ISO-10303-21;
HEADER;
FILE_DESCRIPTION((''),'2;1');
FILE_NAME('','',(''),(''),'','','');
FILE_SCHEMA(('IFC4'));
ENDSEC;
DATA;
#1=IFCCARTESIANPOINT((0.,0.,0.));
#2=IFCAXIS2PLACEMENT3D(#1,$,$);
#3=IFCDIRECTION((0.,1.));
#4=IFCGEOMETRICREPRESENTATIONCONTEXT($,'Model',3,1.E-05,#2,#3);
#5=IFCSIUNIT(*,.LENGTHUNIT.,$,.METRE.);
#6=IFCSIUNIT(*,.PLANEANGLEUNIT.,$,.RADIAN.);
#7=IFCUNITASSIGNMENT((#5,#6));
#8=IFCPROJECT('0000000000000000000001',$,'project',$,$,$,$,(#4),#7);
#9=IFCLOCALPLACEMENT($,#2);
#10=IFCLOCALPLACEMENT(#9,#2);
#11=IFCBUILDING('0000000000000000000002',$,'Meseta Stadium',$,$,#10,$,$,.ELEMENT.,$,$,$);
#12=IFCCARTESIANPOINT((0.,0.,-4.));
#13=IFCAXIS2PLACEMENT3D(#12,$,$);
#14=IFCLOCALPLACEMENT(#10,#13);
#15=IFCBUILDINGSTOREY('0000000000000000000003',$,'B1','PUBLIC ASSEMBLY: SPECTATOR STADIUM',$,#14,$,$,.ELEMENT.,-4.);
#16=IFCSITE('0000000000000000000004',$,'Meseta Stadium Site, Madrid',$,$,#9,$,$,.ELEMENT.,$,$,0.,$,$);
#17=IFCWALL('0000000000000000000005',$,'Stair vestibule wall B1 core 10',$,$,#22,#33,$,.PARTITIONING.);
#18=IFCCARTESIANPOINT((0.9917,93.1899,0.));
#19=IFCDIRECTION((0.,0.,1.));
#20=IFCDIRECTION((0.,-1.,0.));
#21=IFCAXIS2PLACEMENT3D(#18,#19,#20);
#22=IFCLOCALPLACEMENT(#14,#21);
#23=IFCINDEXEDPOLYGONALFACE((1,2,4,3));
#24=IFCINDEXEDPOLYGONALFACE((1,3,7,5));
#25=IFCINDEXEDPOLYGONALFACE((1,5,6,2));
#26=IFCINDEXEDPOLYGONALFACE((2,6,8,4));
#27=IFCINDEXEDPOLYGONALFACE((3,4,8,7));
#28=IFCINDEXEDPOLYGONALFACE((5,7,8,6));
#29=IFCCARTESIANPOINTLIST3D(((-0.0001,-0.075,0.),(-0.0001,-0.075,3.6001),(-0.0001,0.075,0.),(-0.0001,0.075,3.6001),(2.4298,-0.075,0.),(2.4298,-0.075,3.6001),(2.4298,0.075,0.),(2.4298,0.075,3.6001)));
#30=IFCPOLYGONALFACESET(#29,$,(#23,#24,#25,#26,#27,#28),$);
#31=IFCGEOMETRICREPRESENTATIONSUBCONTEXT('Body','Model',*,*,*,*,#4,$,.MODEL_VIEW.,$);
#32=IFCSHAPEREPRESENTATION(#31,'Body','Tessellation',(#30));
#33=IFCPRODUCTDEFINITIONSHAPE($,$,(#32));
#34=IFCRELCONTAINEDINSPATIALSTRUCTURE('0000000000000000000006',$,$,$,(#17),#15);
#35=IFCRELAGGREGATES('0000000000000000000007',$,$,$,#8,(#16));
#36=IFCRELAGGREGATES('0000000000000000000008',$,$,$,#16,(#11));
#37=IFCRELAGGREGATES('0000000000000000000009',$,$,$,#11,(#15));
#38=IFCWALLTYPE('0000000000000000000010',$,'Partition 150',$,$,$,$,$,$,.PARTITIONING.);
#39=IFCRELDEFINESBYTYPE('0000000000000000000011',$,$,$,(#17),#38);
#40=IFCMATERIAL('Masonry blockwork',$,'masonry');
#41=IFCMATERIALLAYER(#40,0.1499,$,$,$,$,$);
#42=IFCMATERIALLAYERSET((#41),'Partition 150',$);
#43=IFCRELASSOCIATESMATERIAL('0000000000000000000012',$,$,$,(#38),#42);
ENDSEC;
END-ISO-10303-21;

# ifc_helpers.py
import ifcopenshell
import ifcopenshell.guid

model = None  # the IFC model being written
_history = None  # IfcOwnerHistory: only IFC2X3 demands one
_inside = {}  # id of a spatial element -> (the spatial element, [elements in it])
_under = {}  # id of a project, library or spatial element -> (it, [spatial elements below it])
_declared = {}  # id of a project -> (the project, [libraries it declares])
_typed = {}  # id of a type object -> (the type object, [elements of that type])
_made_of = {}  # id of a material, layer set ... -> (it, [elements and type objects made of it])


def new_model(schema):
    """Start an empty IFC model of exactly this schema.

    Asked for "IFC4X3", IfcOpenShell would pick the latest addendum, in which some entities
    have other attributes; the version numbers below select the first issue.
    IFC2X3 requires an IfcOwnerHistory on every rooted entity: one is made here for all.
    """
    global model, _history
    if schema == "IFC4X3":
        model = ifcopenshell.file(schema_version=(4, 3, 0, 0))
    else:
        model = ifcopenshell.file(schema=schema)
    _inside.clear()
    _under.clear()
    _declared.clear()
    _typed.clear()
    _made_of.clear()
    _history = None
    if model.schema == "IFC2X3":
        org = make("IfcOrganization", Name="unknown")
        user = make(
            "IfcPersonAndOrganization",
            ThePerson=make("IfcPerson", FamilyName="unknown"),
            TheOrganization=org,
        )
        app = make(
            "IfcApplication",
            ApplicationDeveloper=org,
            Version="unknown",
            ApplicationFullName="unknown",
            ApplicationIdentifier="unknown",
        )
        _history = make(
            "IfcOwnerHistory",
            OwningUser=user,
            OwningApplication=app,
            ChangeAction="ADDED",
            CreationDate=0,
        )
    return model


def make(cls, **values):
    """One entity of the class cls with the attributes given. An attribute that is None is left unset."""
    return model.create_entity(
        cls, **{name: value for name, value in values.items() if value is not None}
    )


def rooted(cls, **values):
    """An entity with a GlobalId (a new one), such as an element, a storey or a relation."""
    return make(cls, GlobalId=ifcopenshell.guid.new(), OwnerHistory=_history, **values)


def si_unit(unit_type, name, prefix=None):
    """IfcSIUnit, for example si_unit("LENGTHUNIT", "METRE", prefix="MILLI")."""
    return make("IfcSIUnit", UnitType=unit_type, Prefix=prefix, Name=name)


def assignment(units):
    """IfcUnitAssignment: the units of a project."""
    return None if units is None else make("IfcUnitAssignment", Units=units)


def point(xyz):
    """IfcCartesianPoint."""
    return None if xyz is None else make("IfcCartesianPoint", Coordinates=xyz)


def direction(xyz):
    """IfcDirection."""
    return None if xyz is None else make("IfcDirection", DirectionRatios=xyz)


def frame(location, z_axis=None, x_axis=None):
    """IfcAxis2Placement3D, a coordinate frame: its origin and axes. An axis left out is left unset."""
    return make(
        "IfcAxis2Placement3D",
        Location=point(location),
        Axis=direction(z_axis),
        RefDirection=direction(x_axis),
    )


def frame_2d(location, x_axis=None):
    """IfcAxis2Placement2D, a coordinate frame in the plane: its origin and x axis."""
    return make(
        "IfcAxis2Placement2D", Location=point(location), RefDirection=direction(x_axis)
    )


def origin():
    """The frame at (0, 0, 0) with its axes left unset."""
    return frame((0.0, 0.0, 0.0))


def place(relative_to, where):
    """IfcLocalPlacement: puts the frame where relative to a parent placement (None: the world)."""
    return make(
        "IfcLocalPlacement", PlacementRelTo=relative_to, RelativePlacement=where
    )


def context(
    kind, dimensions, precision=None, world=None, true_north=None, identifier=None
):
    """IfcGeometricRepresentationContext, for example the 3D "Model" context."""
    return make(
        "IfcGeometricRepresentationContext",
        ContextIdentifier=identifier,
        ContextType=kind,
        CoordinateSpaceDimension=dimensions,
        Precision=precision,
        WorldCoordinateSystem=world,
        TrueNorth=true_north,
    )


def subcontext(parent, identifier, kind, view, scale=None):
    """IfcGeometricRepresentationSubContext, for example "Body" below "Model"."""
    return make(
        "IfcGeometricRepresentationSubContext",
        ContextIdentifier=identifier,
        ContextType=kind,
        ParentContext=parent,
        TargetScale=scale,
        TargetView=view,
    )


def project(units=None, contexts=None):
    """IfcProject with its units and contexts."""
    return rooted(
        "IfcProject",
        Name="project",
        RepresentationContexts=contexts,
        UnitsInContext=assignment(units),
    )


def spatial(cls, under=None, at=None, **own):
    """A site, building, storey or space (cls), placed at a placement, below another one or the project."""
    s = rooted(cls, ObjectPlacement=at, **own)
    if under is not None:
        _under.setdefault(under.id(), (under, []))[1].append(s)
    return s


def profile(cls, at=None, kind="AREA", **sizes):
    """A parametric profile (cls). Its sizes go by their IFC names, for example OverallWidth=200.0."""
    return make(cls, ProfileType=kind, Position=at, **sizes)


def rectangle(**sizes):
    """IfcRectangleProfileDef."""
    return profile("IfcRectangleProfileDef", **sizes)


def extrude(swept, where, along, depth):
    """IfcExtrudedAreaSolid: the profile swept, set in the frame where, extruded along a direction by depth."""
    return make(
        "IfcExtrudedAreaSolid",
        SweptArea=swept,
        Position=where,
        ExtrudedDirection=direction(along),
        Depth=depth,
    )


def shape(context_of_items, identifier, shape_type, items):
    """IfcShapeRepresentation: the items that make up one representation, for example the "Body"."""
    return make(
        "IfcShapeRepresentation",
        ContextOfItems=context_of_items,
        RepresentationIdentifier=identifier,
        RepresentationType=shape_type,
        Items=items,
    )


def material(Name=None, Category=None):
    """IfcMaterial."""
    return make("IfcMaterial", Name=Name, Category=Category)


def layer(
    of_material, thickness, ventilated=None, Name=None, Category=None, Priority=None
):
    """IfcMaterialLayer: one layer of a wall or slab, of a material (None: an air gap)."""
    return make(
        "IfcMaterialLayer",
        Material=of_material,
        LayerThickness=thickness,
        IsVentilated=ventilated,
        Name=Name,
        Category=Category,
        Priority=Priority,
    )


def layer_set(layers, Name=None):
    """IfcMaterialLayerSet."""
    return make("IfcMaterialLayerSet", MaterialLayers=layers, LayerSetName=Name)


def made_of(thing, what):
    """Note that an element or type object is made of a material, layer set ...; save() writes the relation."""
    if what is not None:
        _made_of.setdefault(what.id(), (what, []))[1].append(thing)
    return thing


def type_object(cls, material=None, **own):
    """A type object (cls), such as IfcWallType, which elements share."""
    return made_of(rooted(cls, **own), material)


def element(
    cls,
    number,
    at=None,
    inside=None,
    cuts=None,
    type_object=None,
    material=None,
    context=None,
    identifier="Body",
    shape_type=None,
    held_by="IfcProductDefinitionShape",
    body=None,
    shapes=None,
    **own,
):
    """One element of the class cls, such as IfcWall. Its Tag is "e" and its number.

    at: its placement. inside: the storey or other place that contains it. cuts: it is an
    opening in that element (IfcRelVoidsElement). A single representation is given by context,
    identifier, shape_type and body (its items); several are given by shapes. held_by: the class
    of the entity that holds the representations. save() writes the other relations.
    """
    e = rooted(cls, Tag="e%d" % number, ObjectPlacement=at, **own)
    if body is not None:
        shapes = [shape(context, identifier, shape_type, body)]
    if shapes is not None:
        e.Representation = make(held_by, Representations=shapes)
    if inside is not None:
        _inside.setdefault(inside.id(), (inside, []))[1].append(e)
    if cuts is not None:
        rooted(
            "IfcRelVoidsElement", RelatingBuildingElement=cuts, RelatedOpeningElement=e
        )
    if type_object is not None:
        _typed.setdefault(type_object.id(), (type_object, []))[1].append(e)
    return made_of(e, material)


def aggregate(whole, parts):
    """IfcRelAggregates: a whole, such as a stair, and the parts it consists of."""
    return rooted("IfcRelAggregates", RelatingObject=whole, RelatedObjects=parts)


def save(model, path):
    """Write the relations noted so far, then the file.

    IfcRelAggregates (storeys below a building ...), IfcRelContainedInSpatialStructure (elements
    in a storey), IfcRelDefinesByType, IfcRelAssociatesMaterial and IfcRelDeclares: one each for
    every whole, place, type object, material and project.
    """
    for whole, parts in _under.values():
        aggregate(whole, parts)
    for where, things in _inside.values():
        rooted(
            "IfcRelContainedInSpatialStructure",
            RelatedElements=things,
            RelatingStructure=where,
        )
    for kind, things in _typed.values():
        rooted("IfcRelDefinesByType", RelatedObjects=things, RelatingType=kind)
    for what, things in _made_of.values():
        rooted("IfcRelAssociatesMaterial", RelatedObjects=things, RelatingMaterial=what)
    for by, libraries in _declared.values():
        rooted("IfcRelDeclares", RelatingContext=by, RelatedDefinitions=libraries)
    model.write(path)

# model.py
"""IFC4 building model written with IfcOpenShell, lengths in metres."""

from ifc_helpers import new_model, si_unit, direction, frame, frame_2d, origin, place, context, subcontext, project, spatial, rectangle, extrude, material, layer, layer_set, type_object, element, save


model = new_model("IFC4")

# Units and contexts
model_context = context("Model", 3, precision=1e-05, world=origin(), true_north=direction((0.0, 1.0)))
body_context = subcontext(model_context, "Body", "Model", "MODEL_VIEW")
ifc_project = project(units=[si_unit("LENGTHUNIT", "METRE"), si_unit("PLANEANGLEUNIT", "RADIAN")], contexts=[model_context])

# Site, building, storey
site_placement = place(None, origin())
site = spatial("IfcSite", under=ifc_project, at=site_placement, Name="Meseta Stadium Site, Madrid", CompositionType="ELEMENT", RefElevation=0.0)
building_placement = place(site_placement, origin())
building = spatial("IfcBuilding", under=site, at=building_placement, Name="Meseta Stadium", CompositionType="ELEMENT")
storey_placement = place(building_placement, frame((0.0, 0.0, -4.0)))
storey = spatial("IfcBuildingStorey", under=building, at=storey_placement, Name="B1", Description="PUBLIC ASSEMBLY: SPECTATOR STADIUM", CompositionType="ELEMENT", Elevation=-4.0)

# Shared definitions
ifc_material_1 = material(Name="Masonry blockwork", Category="masonry")
ifc_layer_1 = layer(ifc_material_1, 0.1499)
ifc_layer_set_1 = layer_set([ifc_layer_1], Name="Partition 150")
wall_type_1 = type_object("IfcWallType", Name="Partition 150", PredefinedType="PARTITIONING", material=ifc_layer_set_1)

# Wall
wall_1_placement = place(storey_placement, frame((0.9917, 93.1899, 0.0), z_axis=(0.0, 0.0, 1.0), x_axis=(0.0, -1.0, 0.0)))
element("IfcWall", 1, at=wall_1_placement, inside=storey, type_object=wall_type_1, Name="Stair vestibule wall B1 core 10", PredefinedType="PARTITIONING", context=body_context, shape_type="SweptSolid", body=[
    extrude(rectangle(XDim=2.4299, YDim=0.1499, at=frame_2d((1.2148, 0.0))), origin(), (0.0, 0.0, 1.0), 3.6001),
])

save(model, "model.ifc")
